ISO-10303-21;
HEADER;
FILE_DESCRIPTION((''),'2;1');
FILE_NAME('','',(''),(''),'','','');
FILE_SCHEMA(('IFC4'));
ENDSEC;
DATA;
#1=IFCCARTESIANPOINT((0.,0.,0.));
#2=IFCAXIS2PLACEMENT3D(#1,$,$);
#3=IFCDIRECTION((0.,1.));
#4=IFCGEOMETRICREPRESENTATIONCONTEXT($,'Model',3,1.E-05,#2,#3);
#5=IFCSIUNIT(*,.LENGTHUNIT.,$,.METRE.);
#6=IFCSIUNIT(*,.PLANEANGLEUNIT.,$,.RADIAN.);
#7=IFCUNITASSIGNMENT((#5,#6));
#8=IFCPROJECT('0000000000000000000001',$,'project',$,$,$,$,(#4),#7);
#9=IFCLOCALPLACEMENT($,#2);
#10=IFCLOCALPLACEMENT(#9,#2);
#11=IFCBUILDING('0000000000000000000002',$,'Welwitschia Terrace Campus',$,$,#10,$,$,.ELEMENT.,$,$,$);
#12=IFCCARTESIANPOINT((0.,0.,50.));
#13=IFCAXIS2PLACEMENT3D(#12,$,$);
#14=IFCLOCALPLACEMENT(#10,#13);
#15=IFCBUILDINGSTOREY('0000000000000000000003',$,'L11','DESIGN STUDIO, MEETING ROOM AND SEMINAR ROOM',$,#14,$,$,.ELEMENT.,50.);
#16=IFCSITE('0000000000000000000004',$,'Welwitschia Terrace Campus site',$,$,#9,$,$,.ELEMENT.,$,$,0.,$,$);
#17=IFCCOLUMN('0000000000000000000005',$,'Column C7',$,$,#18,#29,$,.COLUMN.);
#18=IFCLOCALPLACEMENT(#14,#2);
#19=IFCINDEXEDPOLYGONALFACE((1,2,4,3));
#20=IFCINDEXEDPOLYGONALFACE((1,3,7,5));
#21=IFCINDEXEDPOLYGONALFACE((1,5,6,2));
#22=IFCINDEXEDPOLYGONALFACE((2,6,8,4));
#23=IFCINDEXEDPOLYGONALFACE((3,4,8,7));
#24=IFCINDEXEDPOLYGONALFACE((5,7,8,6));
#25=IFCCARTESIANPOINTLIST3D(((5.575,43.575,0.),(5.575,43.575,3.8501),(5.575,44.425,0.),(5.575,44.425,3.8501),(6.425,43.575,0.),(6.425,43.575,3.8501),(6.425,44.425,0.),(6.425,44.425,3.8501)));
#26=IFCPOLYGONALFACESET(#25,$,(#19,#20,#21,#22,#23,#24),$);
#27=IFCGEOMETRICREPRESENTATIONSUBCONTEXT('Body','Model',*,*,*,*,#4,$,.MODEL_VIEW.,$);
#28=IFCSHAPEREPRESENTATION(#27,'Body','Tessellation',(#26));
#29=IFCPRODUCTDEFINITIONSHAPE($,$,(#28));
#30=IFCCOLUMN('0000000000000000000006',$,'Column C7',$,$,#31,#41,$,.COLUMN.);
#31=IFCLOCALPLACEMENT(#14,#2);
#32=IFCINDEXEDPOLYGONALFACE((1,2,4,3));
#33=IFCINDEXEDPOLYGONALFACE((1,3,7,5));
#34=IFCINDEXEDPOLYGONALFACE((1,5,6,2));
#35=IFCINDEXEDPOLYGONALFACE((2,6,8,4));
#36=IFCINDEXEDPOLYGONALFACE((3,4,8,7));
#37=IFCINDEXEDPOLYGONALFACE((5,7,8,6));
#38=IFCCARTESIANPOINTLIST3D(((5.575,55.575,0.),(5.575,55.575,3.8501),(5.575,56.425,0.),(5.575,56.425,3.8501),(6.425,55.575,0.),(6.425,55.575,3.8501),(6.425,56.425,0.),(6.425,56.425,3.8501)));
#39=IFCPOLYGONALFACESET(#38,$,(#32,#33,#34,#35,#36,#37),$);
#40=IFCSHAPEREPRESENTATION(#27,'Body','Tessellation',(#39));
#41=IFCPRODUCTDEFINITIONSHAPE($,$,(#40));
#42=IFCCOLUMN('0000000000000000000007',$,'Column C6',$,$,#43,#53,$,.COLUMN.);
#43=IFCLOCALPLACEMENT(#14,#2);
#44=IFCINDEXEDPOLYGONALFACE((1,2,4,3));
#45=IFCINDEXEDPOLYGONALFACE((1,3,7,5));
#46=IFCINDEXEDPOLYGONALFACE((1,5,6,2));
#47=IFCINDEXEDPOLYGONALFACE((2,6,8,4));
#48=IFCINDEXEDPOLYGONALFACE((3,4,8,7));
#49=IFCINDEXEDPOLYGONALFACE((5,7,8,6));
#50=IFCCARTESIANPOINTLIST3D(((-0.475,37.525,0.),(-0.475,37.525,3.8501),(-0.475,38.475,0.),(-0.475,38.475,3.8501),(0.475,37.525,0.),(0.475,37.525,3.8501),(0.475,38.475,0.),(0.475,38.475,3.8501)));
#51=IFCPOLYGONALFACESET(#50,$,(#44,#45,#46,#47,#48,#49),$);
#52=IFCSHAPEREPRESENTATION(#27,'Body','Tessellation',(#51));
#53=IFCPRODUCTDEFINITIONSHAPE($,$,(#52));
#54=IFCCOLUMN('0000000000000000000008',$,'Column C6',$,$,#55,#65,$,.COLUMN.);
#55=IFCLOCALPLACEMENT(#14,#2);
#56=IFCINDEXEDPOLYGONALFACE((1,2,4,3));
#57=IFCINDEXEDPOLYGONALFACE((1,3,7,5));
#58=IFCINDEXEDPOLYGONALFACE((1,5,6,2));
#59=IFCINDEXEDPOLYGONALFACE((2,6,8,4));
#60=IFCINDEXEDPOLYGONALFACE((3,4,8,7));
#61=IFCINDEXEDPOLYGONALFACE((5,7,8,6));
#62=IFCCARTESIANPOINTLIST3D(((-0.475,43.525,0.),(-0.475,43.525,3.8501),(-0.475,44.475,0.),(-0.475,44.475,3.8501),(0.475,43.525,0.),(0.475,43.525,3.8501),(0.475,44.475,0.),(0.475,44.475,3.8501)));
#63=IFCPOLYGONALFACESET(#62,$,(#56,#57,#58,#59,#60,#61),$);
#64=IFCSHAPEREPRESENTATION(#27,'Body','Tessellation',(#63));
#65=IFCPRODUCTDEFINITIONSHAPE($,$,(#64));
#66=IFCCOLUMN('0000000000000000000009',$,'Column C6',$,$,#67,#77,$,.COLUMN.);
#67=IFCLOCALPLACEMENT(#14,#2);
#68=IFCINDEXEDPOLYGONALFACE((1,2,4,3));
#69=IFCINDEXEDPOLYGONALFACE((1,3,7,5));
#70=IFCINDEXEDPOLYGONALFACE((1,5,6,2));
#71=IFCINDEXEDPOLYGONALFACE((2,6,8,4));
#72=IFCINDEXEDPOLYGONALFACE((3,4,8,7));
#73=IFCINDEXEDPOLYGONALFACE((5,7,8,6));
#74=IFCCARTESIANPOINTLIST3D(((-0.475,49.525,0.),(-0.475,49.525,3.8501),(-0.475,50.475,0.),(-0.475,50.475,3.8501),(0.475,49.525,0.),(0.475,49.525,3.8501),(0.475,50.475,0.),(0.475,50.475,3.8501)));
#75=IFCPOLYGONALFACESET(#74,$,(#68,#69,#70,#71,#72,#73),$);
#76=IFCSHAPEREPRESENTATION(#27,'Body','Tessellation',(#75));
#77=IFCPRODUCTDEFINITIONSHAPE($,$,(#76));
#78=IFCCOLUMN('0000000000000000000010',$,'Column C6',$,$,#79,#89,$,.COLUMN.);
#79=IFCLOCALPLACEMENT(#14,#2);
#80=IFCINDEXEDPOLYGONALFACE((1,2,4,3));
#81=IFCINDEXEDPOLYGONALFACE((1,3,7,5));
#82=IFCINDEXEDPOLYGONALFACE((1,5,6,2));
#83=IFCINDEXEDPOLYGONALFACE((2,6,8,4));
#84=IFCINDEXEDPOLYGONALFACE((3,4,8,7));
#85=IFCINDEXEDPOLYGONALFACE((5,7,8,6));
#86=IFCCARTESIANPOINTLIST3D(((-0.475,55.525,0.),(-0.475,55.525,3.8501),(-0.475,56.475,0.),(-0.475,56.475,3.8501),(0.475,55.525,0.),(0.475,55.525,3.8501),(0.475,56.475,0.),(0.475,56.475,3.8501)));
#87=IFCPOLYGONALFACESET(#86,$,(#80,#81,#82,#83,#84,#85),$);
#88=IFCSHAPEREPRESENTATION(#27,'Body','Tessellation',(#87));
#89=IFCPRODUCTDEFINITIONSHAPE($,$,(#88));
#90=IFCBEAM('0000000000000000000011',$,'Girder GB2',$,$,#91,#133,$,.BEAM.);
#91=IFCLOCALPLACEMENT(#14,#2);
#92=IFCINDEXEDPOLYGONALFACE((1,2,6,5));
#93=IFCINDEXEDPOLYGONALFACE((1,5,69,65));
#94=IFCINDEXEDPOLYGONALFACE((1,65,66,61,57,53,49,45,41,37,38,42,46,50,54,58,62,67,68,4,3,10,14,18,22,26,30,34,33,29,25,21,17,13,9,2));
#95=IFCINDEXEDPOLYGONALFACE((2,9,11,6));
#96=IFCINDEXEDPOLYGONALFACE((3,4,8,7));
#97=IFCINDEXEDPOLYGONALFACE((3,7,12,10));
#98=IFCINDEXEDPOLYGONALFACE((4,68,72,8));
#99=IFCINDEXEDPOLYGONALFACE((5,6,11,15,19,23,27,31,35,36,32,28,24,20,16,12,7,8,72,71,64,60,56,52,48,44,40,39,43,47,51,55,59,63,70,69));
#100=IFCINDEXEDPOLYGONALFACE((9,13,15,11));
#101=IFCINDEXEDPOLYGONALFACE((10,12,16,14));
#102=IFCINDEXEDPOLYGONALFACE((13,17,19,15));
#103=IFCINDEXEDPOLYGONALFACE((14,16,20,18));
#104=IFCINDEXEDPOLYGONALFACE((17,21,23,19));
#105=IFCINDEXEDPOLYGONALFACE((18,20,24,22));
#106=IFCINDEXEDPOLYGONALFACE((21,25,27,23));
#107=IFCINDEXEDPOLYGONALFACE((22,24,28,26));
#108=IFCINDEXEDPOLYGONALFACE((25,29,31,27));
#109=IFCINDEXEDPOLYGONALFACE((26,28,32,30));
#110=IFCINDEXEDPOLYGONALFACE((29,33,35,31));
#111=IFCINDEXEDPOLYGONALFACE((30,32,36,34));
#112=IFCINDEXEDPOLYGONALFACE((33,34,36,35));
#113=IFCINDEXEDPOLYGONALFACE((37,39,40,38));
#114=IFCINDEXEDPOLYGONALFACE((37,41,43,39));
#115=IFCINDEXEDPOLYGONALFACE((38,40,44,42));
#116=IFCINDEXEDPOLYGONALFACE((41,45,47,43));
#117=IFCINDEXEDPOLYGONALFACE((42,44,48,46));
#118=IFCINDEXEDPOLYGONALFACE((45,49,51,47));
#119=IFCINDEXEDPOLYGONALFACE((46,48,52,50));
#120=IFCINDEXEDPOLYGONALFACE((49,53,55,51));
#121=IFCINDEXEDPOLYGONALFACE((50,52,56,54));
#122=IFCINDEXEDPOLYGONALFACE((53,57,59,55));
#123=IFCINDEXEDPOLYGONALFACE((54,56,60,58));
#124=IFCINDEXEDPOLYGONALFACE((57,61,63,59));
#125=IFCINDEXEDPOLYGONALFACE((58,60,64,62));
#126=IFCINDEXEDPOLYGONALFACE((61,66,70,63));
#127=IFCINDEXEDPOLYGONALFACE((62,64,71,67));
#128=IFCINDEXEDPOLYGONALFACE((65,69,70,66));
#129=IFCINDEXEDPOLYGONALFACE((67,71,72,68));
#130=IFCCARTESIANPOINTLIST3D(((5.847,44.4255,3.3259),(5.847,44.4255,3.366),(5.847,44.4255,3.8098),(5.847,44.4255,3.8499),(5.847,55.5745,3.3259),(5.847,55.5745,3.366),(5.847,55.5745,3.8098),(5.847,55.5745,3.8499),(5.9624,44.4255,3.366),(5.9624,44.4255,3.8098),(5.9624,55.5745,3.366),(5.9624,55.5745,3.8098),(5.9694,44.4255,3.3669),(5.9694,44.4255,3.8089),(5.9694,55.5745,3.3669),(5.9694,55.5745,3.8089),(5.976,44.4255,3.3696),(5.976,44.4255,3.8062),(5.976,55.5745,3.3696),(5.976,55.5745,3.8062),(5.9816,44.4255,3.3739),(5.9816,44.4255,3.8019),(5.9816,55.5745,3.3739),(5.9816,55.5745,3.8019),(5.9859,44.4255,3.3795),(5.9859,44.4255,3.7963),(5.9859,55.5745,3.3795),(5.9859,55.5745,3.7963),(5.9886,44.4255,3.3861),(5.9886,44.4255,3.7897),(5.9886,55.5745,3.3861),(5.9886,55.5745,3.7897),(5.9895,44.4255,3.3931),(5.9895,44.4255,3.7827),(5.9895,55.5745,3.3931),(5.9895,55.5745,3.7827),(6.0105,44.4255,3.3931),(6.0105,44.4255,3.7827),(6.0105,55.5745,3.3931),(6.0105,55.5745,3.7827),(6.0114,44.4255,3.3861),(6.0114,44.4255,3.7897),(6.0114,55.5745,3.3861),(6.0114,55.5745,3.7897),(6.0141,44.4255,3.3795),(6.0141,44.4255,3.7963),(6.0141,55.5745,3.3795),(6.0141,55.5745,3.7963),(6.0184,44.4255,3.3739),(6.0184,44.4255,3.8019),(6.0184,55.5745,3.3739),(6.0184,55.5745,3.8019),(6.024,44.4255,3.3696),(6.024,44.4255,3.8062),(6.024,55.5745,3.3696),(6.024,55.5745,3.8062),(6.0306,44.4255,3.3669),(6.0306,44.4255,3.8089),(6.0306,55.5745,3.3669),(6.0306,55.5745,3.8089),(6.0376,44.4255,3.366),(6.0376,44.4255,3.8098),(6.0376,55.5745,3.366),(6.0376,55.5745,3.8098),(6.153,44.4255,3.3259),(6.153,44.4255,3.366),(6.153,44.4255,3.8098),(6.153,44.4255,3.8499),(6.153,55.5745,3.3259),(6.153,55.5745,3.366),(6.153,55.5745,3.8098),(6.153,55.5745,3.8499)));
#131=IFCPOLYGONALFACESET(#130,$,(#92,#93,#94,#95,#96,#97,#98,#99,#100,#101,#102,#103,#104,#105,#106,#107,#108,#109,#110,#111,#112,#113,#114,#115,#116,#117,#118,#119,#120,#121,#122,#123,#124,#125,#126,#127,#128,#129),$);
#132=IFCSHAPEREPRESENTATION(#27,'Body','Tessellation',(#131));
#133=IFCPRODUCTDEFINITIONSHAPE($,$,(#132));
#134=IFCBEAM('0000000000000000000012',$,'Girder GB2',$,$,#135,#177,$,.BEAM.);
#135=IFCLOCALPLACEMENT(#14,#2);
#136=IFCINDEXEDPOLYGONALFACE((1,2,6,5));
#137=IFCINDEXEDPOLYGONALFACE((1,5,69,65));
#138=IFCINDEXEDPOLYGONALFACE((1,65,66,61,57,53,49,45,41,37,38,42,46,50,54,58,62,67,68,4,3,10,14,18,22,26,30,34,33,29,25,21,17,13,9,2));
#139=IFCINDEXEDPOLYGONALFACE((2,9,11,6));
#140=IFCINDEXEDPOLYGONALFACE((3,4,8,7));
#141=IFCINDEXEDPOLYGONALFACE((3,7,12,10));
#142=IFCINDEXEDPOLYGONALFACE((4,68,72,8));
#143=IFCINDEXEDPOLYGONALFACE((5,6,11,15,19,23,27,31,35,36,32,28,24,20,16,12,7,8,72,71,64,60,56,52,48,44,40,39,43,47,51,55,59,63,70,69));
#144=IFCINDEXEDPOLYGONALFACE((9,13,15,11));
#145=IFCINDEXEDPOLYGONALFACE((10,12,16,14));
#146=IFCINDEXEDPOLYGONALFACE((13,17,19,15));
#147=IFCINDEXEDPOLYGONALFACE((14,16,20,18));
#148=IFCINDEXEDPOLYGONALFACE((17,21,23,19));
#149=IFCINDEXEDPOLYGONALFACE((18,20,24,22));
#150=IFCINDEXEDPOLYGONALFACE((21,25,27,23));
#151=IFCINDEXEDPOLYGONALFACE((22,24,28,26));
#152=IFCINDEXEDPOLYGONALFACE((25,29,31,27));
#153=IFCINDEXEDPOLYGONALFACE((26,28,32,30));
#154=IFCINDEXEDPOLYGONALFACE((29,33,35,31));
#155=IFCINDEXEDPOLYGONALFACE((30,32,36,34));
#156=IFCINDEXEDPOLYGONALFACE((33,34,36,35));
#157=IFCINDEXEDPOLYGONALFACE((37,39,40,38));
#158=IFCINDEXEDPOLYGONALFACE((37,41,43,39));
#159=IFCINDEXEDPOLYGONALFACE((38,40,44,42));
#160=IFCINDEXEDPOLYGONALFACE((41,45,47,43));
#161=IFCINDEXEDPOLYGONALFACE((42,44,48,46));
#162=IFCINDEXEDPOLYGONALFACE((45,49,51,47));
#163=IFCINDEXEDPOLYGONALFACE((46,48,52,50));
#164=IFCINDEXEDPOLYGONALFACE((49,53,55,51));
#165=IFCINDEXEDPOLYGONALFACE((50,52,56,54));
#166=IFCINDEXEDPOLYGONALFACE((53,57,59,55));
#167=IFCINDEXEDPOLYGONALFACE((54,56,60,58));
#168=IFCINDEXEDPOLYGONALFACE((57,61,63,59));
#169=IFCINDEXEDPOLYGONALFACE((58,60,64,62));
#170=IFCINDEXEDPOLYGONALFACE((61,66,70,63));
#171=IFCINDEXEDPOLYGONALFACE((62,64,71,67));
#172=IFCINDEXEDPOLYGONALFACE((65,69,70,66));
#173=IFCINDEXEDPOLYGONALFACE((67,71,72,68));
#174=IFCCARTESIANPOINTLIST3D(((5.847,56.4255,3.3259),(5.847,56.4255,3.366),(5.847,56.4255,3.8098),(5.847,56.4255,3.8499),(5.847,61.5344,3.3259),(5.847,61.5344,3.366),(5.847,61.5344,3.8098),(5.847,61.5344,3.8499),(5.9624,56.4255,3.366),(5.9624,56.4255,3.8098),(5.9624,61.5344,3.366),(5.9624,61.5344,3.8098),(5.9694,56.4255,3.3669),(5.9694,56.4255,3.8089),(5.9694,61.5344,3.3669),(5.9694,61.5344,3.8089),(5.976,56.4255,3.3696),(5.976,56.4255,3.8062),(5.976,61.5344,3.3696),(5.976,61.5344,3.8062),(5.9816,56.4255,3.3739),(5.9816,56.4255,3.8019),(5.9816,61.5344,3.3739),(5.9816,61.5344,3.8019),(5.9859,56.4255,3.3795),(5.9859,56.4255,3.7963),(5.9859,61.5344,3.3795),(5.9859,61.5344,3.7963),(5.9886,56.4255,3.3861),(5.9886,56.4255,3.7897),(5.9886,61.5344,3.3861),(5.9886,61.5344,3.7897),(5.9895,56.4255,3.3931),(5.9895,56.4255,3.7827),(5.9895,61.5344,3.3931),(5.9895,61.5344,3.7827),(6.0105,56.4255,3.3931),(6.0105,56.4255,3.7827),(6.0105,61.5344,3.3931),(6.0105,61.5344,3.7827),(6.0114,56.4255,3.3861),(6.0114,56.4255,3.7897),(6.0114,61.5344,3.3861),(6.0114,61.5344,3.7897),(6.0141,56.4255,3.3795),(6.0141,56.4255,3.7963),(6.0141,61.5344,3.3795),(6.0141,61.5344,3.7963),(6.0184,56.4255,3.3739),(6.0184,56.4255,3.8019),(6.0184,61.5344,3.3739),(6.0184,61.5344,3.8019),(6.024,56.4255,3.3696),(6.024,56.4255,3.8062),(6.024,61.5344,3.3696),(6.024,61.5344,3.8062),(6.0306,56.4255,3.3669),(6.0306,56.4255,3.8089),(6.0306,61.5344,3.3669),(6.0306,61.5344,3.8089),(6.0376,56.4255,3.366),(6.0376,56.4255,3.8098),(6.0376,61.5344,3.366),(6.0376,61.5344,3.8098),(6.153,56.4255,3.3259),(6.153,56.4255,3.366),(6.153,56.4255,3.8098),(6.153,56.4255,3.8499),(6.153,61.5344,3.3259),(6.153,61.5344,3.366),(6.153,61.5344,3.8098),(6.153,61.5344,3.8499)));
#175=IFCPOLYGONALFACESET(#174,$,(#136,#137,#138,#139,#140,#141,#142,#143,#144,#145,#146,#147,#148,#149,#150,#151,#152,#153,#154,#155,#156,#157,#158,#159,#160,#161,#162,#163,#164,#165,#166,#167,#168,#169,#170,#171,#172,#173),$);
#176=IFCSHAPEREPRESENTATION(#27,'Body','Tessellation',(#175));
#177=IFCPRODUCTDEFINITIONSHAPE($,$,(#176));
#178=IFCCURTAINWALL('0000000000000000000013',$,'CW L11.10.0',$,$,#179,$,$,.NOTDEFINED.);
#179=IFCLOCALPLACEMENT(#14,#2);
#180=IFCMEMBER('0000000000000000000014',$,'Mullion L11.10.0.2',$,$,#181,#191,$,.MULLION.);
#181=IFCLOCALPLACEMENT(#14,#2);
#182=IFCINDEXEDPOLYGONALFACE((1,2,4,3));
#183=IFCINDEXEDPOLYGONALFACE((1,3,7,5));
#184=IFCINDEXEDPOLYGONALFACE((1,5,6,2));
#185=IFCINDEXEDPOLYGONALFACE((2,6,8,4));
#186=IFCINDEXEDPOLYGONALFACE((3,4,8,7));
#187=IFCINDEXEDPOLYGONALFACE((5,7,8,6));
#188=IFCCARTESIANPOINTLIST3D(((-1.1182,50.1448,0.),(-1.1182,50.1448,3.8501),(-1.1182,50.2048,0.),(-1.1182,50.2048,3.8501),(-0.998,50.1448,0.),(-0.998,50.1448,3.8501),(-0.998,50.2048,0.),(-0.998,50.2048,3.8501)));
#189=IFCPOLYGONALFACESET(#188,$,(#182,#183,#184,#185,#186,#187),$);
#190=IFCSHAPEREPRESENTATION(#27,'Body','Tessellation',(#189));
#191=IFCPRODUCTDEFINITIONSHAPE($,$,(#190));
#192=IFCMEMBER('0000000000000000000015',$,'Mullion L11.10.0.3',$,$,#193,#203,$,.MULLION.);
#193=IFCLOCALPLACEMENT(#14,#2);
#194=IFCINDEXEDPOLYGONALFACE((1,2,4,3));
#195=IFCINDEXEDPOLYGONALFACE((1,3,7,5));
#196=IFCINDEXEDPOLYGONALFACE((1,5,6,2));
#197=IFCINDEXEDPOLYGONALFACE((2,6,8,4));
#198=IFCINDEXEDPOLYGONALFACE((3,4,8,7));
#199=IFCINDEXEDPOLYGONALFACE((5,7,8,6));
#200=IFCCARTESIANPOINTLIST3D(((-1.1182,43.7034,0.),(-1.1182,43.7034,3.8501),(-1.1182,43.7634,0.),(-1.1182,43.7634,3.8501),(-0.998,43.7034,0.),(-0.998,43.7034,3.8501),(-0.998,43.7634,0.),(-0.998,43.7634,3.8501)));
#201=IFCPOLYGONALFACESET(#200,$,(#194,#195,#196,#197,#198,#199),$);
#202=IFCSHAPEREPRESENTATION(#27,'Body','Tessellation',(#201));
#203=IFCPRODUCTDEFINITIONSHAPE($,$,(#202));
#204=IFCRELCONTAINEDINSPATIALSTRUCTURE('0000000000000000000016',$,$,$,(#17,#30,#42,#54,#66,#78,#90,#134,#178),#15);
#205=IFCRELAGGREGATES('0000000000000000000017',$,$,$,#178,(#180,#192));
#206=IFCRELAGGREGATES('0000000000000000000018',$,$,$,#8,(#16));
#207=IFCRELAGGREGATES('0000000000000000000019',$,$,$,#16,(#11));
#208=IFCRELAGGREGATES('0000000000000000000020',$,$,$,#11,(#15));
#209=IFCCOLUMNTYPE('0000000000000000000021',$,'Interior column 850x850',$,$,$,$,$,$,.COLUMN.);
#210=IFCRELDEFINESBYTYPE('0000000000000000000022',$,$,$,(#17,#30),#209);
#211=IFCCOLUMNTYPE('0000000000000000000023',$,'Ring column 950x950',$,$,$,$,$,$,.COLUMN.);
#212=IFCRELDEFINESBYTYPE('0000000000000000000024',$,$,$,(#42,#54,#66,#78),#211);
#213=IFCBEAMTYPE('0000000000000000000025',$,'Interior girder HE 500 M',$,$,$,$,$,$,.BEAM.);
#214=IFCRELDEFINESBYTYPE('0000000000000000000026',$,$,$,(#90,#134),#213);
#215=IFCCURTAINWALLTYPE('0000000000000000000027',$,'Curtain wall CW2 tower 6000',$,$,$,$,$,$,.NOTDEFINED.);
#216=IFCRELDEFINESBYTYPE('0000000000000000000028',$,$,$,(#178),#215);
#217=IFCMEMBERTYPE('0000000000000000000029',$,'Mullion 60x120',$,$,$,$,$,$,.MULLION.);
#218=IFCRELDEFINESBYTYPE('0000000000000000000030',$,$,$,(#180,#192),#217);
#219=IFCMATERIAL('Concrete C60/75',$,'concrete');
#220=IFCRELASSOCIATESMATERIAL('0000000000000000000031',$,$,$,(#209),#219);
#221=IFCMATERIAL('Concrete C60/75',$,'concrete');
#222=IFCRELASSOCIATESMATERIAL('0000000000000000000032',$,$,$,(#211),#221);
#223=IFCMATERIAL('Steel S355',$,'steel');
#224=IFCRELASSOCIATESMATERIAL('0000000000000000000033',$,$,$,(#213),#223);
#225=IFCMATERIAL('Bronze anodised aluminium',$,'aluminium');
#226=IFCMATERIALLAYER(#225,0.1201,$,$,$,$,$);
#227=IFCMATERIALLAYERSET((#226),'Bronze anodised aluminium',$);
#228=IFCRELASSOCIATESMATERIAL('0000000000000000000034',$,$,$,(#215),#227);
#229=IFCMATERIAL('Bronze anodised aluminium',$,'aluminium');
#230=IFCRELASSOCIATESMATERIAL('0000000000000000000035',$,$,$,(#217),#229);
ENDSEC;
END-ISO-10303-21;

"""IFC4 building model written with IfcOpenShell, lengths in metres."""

from ifc_helpers import new_model, si_unit, direction, frame, origin, origin_2d, place, context, subcontext, project, spatial, rectangle, i_section, extrude, material, layer, layer_set, material_profile, profile_set, type_object, element, aggregate, save


model = new_model("IFC4")

# Units and contexts
model_context = context("Model", 3, precision=1e-05, world=origin(), true_north=direction((0.0, 1.0)))
body_context = subcontext(model_context, "Body", "Model", "MODEL_VIEW")
ifc_project = project(units=[si_unit("LENGTHUNIT", "METRE"), si_unit("PLANEANGLEUNIT", "RADIAN")], contexts=[model_context])

# Site, building, storey
site_placement = place(None, origin())
site = spatial("IfcSite", under=ifc_project, at=site_placement, Name="Welwitschia Terrace Campus site", CompositionType="ELEMENT", RefElevation=0.0)
building_placement = place(site_placement, origin())
building = spatial("IfcBuilding", under=site, at=building_placement, Name="Welwitschia Terrace Campus", CompositionType="ELEMENT")
storey_placement = place(building_placement, frame((0.0, 0.0, 50.0)))
storey = spatial("IfcBuildingStorey", under=building, at=storey_placement, Name="L11", Description="DESIGN STUDIO, MEETING ROOM AND SEMINAR ROOM", CompositionType="ELEMENT", Elevation=50.0)

# Columns
ifc_material_1 = material(Name="Concrete C60/75", Category="concrete")
ifc_material_profile_1 = material_profile(ifc_material_1, rectangle(XDim=0.8501, YDim=0.8501, at=origin_2d()))
ifc_profile_set_1 = profile_set([ifc_material_profile_1], Name="Concrete C60/75")
column_type_1 = type_object("IfcColumnType", Name="Interior column 850x850", PredefinedType="COLUMN", material=ifc_profile_set_1)
for number, where, z_axis, x_axis, name in (
    (1, (6.0, 44.0, 0.0), (0.0, 0.0, 1.0), (1.0, 0.0, 0.0), "Column C7"),
    (2, (6.0, 56.0, 0.0), (0.0, 0.0, 1.0), (1.0, 0.0, 0.0), "Column C7"),
):
    element("IfcColumn", number, at=place(storey_placement, frame(where, z_axis=z_axis, x_axis=x_axis)), inside=storey, type_object=column_type_1, Name=name, PredefinedType="COLUMN", context=body_context, shape_type="SweptSolid", body=[
        extrude(rectangle(XDim=0.8501, YDim=0.8501, at=origin_2d()), origin(), (0.0, 0.0, 1.0), 3.8501),
    ])
ifc_material_2 = material(Name="Concrete C60/75", Category="concrete")
ifc_material_profile_2 = material_profile(ifc_material_2, rectangle(XDim=0.95, YDim=0.95, at=origin_2d()))
ifc_profile_set_2 = profile_set([ifc_material_profile_2], Name="Concrete C60/75")
column_type_2 = type_object("IfcColumnType", Name="Ring column 950x950", PredefinedType="COLUMN", material=ifc_profile_set_2)
for number, where, z_axis, x_axis, name in (
    (3, (0.0, 38.0, 0.0), (0.0, 0.0, 1.0), (1.0, 0.0, 0.0), "Column C6"),
    (4, (0.0, 44.0, 0.0), (0.0, 0.0, 1.0), (1.0, 0.0, 0.0), "Column C6"),
    (5, (0.0, 50.0, 0.0), (0.0, 0.0, 1.0), (1.0, 0.0, 0.0), "Column C6"),
    (6, (0.0, 56.0, 0.0), (0.0, 0.0, 1.0), (1.0, 0.0, 0.0), "Column C6"),
):
    element("IfcColumn", number, at=place(storey_placement, frame(where, z_axis=z_axis, x_axis=x_axis)), inside=storey, type_object=column_type_2, Name=name, PredefinedType="COLUMN", context=body_context, shape_type="SweptSolid", body=[
        extrude(rectangle(XDim=0.95, YDim=0.95, at=origin_2d()), origin(), (0.0, 0.0, 1.0), 3.8501),
    ])

# Beams
ifc_material_3 = material(Name="Steel S355", Category="steel")
ifc_material_profile_3 = material_profile(ifc_material_3, i_section(OverallWidth=0.3059, OverallDepth=0.5239, WebThickness=0.021, FlangeThickness=0.04, FilletRadius=0.0271, at=origin_2d()))
ifc_profile_set_3 = profile_set([ifc_material_profile_3], Name="Steel S355")
beam_type_1 = type_object("IfcBeamType", Name="Interior girder HE 500 M", PredefinedType="BEAM", material=ifc_profile_set_3)
beam_1_placement = place(storey_placement, frame((6.0, 44.4255, 3.5879), z_axis=(0.0, 1.0, 0.0), x_axis=(-1.0, 0.0, 0.0)))
element("IfcBeam", 7, at=beam_1_placement, inside=storey, type_object=beam_type_1, Name="Girder GB2", PredefinedType="BEAM", context=body_context, shape_type="SweptSolid", body=[
    extrude(i_section(OverallWidth=0.3059, OverallDepth=0.5239, WebThickness=0.021, FlangeThickness=0.04, FilletRadius=0.0271, at=origin_2d()), origin(), (0.0, 0.0, 1.0), 11.1489),
])
beam_2_placement = place(storey_placement, frame((6.0, 56.4255, 3.5879), z_axis=(0.0, 1.0, 0.0), x_axis=(-1.0, 0.0, 0.0)))
element("IfcBeam", 8, at=beam_2_placement, inside=storey, type_object=beam_type_1, Name="Girder GB2", PredefinedType="BEAM", context=body_context, shape_type="SweptSolid", body=[
    extrude(i_section(OverallWidth=0.3059, OverallDepth=0.5239, WebThickness=0.021, FlangeThickness=0.04, FilletRadius=0.0271, at=origin_2d()), origin(), (0.0, 0.0, 1.0), 5.1089),
])

# Curtain wall, members
ifc_material_4 = material(Name="Bronze anodised aluminium", Category="aluminium")
ifc_layer_1 = layer(ifc_material_4, 0.1201)
ifc_layer_set_1 = layer_set([ifc_layer_1], Name="Bronze anodised aluminium")
curtain_wall_type = type_object("IfcCurtainWallType", Name="Curtain wall CW2 tower 6000", PredefinedType="NOTDEFINED", material=ifc_layer_set_1)
curtain_wall_placement = place(storey_placement, origin())
curtain_wall = element("IfcCurtainWall", 9, at=curtain_wall_placement, inside=storey, type_object=curtain_wall_type, Name="CW L11.10.0", PredefinedType="NOTDEFINED")
ifc_material_5 = material(Name="Bronze anodised aluminium", Category="aluminium")
ifc_material_profile_4 = material_profile(ifc_material_5, rectangle(XDim=0.1201, YDim=0.0601, at=origin_2d()))
ifc_profile_set_4 = profile_set([ifc_material_profile_4], Name="Bronze anodised aluminium")
member_type = type_object("IfcMemberType", Name="Mullion 60x120", PredefinedType="MULLION", material=ifc_profile_set_4)
member_1_placement = place(storey_placement, frame((-1.0581, 50.1748, 0.0), z_axis=(0.0, 0.0, 1.0), x_axis=(1.0, 0.0, 0.0)))
member_1 = element("IfcMember", 10, at=member_1_placement, type_object=member_type, Name="Mullion L11.10.0.2", PredefinedType="MULLION", context=body_context, shape_type="SweptSolid", body=[
    extrude(rectangle(XDim=0.1201, YDim=0.0601, at=origin_2d()), origin(), (0.0, 0.0, 1.0), 3.8501),
])
member_2_placement = place(storey_placement, frame((-1.0581, 43.7334, 0.0), z_axis=(0.0, 0.0, 1.0), x_axis=(1.0, 0.0, 0.0)))
member_2 = element("IfcMember", 11, at=member_2_placement, type_object=member_type, Name="Mullion L11.10.0.3", PredefinedType="MULLION", context=body_context, shape_type="SweptSolid", body=[
    extrude(rectangle(XDim=0.1201, YDim=0.0601, at=origin_2d()), origin(), (0.0, 0.0, 1.0), 3.8501),
])

aggregate(curtain_wall, [member_1, member_2])

save(model, "model.ifc")
